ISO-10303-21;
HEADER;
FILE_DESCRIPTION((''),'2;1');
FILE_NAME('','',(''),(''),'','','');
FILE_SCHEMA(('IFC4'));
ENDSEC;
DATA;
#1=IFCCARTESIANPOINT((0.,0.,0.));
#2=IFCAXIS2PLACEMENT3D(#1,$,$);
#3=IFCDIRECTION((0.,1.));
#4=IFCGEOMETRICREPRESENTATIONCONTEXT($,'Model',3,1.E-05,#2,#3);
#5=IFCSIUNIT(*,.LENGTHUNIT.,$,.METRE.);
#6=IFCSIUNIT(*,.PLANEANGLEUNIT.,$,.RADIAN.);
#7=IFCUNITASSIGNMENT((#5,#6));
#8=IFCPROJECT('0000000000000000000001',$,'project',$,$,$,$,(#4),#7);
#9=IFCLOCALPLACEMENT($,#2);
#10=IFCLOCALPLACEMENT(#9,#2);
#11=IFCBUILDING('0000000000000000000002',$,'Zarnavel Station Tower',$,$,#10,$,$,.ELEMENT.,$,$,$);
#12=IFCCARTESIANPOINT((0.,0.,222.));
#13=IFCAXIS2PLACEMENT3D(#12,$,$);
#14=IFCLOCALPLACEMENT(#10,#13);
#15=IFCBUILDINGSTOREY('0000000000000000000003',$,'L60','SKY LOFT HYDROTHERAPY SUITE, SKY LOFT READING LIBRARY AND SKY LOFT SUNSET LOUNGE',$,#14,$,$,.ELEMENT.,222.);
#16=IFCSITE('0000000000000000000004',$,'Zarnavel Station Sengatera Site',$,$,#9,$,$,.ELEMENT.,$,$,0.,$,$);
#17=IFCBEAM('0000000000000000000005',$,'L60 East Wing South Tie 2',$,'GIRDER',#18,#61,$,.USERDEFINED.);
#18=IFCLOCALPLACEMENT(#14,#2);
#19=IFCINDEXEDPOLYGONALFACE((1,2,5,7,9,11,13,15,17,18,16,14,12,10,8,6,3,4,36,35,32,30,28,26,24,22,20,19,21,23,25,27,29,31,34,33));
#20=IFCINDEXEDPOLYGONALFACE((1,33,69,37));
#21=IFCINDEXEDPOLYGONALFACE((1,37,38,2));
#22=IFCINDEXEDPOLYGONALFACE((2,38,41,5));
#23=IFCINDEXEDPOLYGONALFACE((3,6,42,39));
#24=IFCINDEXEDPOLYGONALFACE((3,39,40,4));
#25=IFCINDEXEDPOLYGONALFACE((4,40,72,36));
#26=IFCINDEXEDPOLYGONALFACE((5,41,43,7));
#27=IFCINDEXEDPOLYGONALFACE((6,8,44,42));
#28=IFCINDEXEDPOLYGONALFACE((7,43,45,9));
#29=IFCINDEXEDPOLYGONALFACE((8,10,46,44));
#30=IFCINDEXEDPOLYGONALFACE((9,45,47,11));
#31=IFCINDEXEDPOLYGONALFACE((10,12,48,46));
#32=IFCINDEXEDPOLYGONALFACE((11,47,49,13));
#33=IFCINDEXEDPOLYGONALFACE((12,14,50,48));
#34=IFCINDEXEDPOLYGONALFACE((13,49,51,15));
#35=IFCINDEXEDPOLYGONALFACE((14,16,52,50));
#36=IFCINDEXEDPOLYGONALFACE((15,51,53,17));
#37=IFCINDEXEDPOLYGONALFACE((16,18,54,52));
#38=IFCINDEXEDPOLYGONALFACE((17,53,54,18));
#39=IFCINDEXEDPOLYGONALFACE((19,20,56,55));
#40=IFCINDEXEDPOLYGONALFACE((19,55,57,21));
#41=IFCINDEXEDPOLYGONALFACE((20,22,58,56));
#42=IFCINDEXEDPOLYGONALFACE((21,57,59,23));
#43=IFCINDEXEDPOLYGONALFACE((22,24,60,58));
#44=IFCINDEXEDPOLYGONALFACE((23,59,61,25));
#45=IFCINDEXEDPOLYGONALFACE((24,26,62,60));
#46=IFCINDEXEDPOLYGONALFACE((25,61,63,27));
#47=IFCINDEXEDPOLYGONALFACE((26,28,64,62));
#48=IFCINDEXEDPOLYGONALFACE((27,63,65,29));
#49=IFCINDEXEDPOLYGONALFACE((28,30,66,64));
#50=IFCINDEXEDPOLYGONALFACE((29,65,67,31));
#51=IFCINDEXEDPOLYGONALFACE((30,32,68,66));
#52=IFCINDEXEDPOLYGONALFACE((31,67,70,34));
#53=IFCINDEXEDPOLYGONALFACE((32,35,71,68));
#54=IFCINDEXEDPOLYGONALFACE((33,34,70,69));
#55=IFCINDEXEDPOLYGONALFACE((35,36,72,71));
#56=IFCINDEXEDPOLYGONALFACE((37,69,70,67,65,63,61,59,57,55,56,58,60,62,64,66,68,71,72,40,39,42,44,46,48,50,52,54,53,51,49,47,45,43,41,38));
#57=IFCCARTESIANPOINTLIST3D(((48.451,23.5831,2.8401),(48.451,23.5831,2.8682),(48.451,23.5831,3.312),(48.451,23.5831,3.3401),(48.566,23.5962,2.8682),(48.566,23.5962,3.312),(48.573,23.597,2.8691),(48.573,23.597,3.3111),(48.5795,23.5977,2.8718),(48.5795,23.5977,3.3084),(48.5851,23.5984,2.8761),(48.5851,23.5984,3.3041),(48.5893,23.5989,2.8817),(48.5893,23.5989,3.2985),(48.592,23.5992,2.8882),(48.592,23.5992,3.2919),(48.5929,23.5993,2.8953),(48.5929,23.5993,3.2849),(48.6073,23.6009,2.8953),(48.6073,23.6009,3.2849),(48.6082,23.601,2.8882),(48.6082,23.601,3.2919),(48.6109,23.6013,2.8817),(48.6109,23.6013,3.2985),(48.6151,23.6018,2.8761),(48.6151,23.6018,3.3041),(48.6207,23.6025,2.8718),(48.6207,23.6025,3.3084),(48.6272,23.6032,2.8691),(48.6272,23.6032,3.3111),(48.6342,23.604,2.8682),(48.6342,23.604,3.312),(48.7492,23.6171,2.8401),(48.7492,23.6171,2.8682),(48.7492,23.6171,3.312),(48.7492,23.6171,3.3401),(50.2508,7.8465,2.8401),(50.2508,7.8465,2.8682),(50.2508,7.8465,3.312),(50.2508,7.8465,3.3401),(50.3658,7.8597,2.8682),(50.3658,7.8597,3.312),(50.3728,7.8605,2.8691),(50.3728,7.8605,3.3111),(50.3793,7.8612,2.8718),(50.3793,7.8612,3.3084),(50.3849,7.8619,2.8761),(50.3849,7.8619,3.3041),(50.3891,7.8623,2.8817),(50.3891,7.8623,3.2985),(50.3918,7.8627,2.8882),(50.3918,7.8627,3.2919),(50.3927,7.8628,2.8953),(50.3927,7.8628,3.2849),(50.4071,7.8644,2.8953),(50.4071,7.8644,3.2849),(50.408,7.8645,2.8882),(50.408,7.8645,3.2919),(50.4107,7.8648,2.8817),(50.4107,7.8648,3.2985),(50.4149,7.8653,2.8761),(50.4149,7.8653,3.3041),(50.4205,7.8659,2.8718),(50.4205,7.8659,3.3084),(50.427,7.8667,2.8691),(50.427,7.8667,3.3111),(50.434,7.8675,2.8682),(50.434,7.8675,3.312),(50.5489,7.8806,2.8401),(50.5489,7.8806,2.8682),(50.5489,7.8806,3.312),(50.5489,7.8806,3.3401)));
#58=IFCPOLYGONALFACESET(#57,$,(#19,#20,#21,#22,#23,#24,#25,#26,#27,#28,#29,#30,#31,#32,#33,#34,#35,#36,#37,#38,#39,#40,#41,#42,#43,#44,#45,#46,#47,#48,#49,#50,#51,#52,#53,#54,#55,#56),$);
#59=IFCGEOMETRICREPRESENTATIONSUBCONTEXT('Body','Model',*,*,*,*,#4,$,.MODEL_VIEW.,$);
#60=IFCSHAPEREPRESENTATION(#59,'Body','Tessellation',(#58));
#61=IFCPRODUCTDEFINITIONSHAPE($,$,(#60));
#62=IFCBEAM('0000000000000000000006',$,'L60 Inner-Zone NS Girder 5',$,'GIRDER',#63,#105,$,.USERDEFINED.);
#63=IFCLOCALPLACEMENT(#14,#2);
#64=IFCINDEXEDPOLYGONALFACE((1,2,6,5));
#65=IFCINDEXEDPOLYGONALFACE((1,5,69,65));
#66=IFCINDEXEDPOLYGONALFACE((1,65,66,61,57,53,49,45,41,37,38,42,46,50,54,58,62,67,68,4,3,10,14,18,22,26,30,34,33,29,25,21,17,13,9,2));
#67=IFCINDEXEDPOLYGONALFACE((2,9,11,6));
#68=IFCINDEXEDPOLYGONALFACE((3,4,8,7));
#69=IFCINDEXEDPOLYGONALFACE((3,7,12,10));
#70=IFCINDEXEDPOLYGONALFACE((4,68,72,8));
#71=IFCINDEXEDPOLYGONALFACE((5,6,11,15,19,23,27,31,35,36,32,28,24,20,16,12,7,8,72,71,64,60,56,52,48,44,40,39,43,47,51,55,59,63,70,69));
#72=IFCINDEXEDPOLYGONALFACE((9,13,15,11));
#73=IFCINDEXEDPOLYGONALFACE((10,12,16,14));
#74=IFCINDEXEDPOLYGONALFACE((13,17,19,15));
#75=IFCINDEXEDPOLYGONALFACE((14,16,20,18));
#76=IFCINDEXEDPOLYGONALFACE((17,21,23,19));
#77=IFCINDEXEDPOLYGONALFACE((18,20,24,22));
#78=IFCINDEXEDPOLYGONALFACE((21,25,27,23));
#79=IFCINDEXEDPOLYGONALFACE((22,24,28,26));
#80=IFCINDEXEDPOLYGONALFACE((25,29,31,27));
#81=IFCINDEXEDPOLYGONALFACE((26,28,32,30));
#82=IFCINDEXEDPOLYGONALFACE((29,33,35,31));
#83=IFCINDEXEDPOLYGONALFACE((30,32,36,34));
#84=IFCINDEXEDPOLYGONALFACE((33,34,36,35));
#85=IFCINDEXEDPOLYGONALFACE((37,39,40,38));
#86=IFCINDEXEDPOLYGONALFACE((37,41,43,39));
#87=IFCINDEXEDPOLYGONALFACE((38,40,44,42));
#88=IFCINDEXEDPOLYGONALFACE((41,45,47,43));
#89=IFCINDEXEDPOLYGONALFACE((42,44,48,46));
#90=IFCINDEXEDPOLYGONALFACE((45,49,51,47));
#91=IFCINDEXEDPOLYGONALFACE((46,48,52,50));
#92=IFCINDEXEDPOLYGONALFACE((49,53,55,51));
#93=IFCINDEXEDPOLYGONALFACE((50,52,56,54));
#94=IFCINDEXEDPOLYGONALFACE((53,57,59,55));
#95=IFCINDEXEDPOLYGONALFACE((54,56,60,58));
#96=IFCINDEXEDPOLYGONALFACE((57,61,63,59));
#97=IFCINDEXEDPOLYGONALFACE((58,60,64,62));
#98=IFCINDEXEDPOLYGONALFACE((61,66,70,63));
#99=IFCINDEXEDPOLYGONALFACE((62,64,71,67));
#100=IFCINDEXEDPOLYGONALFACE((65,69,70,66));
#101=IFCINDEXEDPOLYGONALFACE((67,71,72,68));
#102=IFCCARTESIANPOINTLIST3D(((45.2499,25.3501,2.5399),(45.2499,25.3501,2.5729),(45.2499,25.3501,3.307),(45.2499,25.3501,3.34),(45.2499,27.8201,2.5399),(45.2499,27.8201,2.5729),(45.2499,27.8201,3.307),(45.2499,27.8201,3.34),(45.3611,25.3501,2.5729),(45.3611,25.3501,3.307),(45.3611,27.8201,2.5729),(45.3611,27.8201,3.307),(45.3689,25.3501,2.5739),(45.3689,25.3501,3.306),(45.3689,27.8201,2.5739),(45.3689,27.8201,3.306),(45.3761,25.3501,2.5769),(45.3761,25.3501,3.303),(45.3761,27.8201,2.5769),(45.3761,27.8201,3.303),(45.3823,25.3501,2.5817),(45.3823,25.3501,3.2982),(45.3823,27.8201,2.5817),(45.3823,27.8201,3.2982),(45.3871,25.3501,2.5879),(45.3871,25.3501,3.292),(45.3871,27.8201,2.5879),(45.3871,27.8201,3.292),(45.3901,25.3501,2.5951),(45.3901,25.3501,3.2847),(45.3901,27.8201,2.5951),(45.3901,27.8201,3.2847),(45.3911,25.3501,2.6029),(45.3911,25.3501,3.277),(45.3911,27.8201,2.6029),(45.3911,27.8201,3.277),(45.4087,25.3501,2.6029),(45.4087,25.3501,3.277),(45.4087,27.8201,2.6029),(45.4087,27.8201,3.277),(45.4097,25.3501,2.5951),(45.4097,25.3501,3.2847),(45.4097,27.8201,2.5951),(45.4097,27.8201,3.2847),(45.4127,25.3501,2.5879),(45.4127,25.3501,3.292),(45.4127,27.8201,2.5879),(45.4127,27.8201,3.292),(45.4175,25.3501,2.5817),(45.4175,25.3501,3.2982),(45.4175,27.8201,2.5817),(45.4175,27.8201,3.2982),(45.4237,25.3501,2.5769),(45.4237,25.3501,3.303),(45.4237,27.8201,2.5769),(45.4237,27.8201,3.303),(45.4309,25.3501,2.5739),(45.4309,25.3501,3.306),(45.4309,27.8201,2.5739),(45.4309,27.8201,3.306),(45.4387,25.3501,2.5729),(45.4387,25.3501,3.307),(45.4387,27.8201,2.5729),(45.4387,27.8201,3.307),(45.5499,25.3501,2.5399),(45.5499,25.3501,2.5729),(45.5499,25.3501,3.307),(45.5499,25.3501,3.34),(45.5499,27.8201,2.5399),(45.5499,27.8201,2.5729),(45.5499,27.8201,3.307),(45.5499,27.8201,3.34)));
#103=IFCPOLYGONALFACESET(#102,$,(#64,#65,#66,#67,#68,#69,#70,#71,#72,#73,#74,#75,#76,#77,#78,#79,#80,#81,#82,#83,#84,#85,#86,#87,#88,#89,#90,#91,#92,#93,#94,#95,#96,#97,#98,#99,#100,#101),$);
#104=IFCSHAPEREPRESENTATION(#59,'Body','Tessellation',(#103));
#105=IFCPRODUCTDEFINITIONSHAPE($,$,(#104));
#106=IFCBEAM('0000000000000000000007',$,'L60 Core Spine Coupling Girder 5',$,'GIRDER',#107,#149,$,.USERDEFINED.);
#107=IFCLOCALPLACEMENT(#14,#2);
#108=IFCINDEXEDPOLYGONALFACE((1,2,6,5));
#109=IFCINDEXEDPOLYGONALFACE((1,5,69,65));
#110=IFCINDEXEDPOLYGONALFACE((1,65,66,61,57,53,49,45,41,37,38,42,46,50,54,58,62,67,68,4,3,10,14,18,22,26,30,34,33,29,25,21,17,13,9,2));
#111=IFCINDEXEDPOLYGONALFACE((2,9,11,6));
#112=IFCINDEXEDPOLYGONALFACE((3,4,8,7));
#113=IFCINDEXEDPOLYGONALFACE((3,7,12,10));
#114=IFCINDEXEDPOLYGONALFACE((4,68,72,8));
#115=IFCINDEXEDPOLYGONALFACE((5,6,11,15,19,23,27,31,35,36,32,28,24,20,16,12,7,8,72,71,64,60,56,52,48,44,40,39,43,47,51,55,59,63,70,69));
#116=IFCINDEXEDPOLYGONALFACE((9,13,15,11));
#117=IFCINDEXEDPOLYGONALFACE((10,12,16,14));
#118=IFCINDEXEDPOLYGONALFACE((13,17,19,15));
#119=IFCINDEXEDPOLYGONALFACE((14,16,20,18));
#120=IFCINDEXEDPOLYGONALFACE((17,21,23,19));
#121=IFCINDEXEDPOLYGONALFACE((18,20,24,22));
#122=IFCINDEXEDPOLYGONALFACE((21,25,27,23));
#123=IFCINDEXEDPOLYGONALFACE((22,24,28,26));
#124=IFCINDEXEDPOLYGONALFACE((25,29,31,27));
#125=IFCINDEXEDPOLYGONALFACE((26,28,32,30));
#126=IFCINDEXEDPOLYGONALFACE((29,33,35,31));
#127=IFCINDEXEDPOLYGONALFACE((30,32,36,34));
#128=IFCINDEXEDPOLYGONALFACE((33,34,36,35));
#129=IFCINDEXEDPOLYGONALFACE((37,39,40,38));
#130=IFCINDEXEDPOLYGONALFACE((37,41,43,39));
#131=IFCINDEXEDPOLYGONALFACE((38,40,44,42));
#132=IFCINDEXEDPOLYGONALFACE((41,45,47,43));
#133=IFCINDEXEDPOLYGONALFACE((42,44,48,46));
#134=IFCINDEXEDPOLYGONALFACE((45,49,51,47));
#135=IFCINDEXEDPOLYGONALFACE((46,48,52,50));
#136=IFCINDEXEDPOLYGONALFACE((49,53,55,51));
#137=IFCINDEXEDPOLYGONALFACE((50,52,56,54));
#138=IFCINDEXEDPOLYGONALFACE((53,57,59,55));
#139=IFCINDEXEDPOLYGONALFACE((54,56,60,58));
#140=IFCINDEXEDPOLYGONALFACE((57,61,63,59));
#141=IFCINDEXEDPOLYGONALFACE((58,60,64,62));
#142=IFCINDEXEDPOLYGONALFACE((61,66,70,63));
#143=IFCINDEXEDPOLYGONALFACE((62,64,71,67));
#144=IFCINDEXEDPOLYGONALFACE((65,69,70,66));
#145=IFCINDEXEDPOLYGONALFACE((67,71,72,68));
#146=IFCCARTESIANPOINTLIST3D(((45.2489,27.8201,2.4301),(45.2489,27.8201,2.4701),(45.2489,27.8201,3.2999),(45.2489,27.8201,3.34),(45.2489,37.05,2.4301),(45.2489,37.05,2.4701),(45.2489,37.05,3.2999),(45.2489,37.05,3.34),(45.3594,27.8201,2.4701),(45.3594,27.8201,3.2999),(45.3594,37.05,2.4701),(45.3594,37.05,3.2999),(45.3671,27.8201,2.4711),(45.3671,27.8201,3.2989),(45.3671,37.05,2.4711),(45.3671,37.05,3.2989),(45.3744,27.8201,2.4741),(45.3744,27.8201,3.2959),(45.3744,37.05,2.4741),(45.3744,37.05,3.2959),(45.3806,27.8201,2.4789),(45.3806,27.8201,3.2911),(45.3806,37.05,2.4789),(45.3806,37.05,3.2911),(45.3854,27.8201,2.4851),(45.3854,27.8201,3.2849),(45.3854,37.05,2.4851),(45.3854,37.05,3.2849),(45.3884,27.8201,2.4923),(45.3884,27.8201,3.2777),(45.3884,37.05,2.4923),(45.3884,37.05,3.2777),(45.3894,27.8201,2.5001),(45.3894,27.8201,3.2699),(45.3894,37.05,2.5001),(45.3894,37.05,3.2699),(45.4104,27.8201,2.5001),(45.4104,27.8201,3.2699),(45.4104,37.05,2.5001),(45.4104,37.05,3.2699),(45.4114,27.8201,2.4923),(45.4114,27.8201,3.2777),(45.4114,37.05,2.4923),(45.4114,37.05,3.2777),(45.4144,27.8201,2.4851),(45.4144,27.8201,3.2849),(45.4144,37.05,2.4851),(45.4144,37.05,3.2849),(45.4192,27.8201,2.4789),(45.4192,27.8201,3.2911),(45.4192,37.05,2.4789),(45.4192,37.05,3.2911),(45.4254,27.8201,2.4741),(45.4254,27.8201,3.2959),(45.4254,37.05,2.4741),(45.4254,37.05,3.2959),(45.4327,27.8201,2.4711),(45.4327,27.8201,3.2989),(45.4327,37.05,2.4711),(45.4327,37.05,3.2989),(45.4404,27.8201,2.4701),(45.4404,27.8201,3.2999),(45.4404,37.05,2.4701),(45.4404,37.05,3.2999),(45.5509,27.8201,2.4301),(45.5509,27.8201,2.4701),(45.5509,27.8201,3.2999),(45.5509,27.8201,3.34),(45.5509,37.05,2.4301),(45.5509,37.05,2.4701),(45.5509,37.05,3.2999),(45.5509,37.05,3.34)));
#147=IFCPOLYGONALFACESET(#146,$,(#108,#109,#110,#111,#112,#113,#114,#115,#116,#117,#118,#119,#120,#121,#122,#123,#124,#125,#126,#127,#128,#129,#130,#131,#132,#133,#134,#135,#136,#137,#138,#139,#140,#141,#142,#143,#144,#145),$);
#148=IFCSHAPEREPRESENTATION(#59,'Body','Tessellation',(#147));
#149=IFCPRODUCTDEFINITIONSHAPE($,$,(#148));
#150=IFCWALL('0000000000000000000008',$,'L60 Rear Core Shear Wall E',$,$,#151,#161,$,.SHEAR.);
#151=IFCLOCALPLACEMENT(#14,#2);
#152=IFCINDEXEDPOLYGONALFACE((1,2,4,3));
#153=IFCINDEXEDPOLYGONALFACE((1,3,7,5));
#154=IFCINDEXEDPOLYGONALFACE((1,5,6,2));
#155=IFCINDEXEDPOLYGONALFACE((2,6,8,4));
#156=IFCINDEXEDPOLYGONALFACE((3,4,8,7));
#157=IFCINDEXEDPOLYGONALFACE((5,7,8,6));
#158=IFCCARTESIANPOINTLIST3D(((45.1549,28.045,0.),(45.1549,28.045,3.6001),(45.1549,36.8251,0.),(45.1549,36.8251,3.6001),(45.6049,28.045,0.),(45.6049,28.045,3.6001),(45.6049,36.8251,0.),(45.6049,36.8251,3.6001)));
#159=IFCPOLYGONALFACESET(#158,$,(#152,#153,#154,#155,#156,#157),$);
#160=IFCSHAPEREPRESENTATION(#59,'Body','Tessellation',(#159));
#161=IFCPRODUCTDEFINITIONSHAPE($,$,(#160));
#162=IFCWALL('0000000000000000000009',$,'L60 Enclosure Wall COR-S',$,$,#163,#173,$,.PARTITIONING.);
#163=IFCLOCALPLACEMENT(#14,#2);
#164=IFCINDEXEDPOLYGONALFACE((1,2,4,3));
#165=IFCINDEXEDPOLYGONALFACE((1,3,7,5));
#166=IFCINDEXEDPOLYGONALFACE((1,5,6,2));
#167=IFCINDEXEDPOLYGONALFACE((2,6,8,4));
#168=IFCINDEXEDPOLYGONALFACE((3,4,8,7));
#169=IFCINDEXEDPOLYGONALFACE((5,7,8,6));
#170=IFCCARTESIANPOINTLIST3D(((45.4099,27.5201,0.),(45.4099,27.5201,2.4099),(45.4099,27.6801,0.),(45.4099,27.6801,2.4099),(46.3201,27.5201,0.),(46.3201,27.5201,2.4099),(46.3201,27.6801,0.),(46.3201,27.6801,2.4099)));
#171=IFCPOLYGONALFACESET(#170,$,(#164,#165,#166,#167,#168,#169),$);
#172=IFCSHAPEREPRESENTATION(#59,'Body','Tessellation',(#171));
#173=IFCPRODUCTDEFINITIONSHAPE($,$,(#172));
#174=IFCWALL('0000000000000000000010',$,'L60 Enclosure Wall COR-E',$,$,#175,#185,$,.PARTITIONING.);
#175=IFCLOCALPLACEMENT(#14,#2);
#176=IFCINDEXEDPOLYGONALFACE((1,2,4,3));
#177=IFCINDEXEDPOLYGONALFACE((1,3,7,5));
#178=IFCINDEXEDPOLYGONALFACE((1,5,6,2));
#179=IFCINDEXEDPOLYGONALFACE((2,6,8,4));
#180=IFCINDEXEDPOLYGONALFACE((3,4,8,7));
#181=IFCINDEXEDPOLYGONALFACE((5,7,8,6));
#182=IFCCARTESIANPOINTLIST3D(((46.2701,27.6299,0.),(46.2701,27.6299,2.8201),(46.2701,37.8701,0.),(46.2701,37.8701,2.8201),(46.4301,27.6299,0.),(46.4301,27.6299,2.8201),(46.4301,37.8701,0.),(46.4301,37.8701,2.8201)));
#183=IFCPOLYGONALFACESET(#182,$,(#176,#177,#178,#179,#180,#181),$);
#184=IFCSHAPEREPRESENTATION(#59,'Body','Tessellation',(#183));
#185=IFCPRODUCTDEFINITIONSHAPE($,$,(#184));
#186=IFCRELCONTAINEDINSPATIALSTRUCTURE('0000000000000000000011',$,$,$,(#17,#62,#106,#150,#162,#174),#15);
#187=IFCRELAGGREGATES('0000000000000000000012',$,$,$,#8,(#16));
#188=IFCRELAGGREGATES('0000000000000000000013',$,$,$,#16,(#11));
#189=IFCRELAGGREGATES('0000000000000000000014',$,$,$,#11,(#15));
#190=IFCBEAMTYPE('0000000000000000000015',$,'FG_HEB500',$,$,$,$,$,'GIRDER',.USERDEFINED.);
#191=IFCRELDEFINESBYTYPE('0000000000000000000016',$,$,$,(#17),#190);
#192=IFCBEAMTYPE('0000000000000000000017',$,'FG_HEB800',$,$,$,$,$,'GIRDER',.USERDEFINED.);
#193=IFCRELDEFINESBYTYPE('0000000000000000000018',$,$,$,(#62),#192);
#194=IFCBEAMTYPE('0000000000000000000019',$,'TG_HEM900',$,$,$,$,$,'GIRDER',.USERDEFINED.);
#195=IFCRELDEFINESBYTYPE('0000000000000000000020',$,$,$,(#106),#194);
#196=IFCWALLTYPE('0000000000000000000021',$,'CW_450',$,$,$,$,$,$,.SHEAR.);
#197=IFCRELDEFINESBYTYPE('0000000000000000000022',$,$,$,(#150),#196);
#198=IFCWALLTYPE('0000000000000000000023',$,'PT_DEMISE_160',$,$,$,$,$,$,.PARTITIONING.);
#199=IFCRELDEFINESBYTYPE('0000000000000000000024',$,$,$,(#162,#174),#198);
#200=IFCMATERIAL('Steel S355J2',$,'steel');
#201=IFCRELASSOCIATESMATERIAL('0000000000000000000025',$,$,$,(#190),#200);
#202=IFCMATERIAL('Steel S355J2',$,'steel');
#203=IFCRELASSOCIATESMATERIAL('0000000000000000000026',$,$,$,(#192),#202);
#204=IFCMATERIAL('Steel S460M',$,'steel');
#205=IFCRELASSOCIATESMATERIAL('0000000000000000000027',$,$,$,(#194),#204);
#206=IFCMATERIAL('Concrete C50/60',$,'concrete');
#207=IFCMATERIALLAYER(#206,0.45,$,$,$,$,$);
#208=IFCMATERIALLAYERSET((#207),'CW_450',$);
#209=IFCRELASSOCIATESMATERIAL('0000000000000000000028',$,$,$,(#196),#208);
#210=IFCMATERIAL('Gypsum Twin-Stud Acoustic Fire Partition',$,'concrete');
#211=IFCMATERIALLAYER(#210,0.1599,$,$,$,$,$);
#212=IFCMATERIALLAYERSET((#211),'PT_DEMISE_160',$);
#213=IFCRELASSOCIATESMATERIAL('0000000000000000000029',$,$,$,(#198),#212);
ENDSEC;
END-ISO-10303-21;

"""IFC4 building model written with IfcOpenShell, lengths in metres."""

from ifc_helpers import new_model, si_unit, direction, frame, frame_2d, origin, origin_2d, place, context, subcontext, project, spatial, rectangle, i_section, extrude, material, layer, layer_set, material_profile, profile_set, type_object, element, save


model = new_model("IFC4")

# Units and contexts
model_context = context("Model", 3, precision=1e-05, world=origin(), true_north=direction((0.0, 1.0)))
body_context = subcontext(model_context, "Body", "Model", "MODEL_VIEW")
ifc_project = project(units=[si_unit("LENGTHUNIT", "METRE"), si_unit("PLANEANGLEUNIT", "RADIAN")], contexts=[model_context])

# Site, building, storey
site_placement = place(None, origin())
site = spatial("IfcSite", under=ifc_project, at=site_placement, Name="Zarnavel Station Sengatera Site", CompositionType="ELEMENT", RefElevation=0.0)
building_placement = place(site_placement, origin())
building = spatial("IfcBuilding", under=site, at=building_placement, Name="Zarnavel Station Tower", CompositionType="ELEMENT")
storey_placement = place(building_placement, frame((0.0, 0.0, 222.0)))
storey = spatial("IfcBuildingStorey", under=building, at=storey_placement, Name="L60", Description="SKY LOFT HYDROTHERAPY SUITE, SKY LOFT READING LIBRARY AND SKY LOFT SUNSET LOUNGE", CompositionType="ELEMENT", Elevation=222.0)

# Beams
ifc_material_1 = material(Name="Steel S355J2", Category="steel")
ifc_material_profile_1 = material_profile(ifc_material_1, i_section(OverallWidth=0.3, OverallDepth=0.5, WebThickness=0.0144, FlangeThickness=0.0281, FilletRadius=0.0271, at=origin_2d()), Name="HEB500")
ifc_profile_set_1 = profile_set([ifc_material_profile_1], Name="Steel S355J2")
beam_type_1 = type_object("IfcBeamType", Name="FG_HEB500", ElementType="GIRDER", PredefinedType="USERDEFINED", material=ifc_profile_set_1)
beam_1_placement = place(storey_placement, frame((48.6001, 23.6001, 3.0901), z_axis=(0.11363, -0.993523, 0.0), x_axis=(0.993523, 0.11363, 0.0)))
element("IfcBeam", 1, at=beam_1_placement, inside=storey, type_object=beam_type_1, Name="L60 East Wing South Tie 2", ObjectType="GIRDER", PredefinedType="USERDEFINED", context=body_context, shape_type="SweptSolid", body=[
    extrude(i_section(OverallWidth=0.3, OverallDepth=0.5, WebThickness=0.0144, FlangeThickness=0.0281, FilletRadius=0.0271, at=origin_2d()), origin(), (0.0, 0.0, 1.0), 15.8391),
])
ifc_material_2 = material(Name="Steel S355J2", Category="steel")
ifc_material_profile_2 = material_profile(ifc_material_2, i_section(OverallWidth=0.3, OverallDepth=0.8, WebThickness=0.0176, FlangeThickness=0.033, FilletRadius=0.03, at=origin_2d()), Name="HEB800")
ifc_profile_set_2 = profile_set([ifc_material_profile_2], Name="Steel S355J2")
beam_type_2 = type_object("IfcBeamType", Name="FG_HEB800", ElementType="GIRDER", PredefinedType="USERDEFINED", material=ifc_profile_set_2)
beam_2_placement = place(storey_placement, frame((45.3999, 25.3501, 2.9399), z_axis=(0.0, 1.0, 0.0), x_axis=(-1.0, 0.0, 0.0)))
element("IfcBeam", 2, at=beam_2_placement, inside=storey, type_object=beam_type_2, Name="L60 Inner-Zone NS Girder 5", ObjectType="GIRDER", PredefinedType="USERDEFINED", context=body_context, shape_type="SweptSolid", body=[
    extrude(i_section(OverallWidth=0.3, OverallDepth=0.8, WebThickness=0.0176, FlangeThickness=0.033, FilletRadius=0.03, at=origin_2d()), origin(), (0.0, 0.0, 1.0), 2.47),
])
ifc_material_3 = material(Name="Steel S460M", Category="steel")
ifc_material_profile_3 = material_profile(ifc_material_3, i_section(OverallWidth=0.302, OverallDepth=0.9099, WebThickness=0.021, FlangeThickness=0.04, FilletRadius=0.03, at=origin_2d()), Name="HEM900")
ifc_profile_set_3 = profile_set([ifc_material_profile_3], Name="Steel S460M")
beam_type_3 = type_object("IfcBeamType", Name="TG_HEM900", ElementType="GIRDER", PredefinedType="USERDEFINED", material=ifc_profile_set_3)
beam_3_placement = place(storey_placement, frame((45.3999, 27.8201, 2.885), z_axis=(0.0, 1.0, 0.0), x_axis=(-1.0, 0.0, 0.0)))
element("IfcBeam", 3, at=beam_3_placement, inside=storey, type_object=beam_type_3, Name="L60 Core Spine Coupling Girder 5", ObjectType="GIRDER", PredefinedType="USERDEFINED", context=body_context, shape_type="SweptSolid", body=[
    extrude(i_section(OverallWidth=0.302, OverallDepth=0.9099, WebThickness=0.021, FlangeThickness=0.04, FilletRadius=0.03, at=origin_2d()), origin(), (0.0, 0.0, 1.0), 9.23),
])

# Shared definitions
ifc_material_4 = material(Name="Concrete C50/60", Category="concrete")
ifc_layer_1 = layer(ifc_material_4, 0.45)
ifc_layer_set_1 = layer_set([ifc_layer_1], Name="CW_450")
wall_type_1 = type_object("IfcWallType", Name="CW_450", PredefinedType="SHEAR", material=ifc_layer_set_1)

# Walls
wall_1_placement = place(storey_placement, frame((45.3799, 28.0449, 0.0), z_axis=(0.0, 0.0, 1.0), x_axis=(0.0, 1.0, 0.0)))
element("IfcWall", 4, at=wall_1_placement, inside=storey, type_object=wall_type_1, Name="L60 Rear Core Shear Wall E", PredefinedType="SHEAR", context=body_context, shape_type="SweptSolid", body=[
    extrude(rectangle(XDim=8.78, YDim=0.45, at=frame_2d((4.3901, 0.0))), origin(), (0.0, 0.0, 1.0), 3.6001),
])
ifc_material_5 = material(Name="Gypsum Twin-Stud Acoustic Fire Partition", Category="concrete")
ifc_layer_2 = layer(ifc_material_5, 0.1599)
ifc_layer_set_2 = layer_set([ifc_layer_2], Name="PT_DEMISE_160")
wall_type_2 = type_object("IfcWallType", Name="PT_DEMISE_160", PredefinedType="PARTITIONING", material=ifc_layer_set_2)
wall_2_placement = place(storey_placement, frame((45.4099, 27.6001, 0.0), z_axis=(0.0, 0.0, 1.0), x_axis=(1.0, 0.0, 0.0)))
element("IfcWall", 5, at=wall_2_placement, inside=storey, type_object=wall_type_2, Name="L60 Enclosure Wall COR-S", PredefinedType="PARTITIONING", context=body_context, shape_type="SweptSolid", body=[
    extrude(rectangle(XDim=0.9102, YDim=0.1599, at=frame_2d((0.4551, 0.0))), origin(), (0.0, 0.0, 1.0), 2.4099),
])
wall_3_placement = place(storey_placement, frame((46.3501, 27.6299, 0.0), z_axis=(0.0, 0.0, 1.0), x_axis=(0.0, 1.0, 0.0)))
element("IfcWall", 6, at=wall_3_placement, inside=storey, type_object=wall_type_2, Name="L60 Enclosure Wall COR-E", PredefinedType="PARTITIONING", context=body_context, shape_type="SweptSolid", body=[
    extrude(rectangle(XDim=10.2402, YDim=0.1599, at=frame_2d((5.1201, 0.0))), origin(), (0.0, 0.0, 1.0), 2.8201),
])

save(model, "model.ifc")
